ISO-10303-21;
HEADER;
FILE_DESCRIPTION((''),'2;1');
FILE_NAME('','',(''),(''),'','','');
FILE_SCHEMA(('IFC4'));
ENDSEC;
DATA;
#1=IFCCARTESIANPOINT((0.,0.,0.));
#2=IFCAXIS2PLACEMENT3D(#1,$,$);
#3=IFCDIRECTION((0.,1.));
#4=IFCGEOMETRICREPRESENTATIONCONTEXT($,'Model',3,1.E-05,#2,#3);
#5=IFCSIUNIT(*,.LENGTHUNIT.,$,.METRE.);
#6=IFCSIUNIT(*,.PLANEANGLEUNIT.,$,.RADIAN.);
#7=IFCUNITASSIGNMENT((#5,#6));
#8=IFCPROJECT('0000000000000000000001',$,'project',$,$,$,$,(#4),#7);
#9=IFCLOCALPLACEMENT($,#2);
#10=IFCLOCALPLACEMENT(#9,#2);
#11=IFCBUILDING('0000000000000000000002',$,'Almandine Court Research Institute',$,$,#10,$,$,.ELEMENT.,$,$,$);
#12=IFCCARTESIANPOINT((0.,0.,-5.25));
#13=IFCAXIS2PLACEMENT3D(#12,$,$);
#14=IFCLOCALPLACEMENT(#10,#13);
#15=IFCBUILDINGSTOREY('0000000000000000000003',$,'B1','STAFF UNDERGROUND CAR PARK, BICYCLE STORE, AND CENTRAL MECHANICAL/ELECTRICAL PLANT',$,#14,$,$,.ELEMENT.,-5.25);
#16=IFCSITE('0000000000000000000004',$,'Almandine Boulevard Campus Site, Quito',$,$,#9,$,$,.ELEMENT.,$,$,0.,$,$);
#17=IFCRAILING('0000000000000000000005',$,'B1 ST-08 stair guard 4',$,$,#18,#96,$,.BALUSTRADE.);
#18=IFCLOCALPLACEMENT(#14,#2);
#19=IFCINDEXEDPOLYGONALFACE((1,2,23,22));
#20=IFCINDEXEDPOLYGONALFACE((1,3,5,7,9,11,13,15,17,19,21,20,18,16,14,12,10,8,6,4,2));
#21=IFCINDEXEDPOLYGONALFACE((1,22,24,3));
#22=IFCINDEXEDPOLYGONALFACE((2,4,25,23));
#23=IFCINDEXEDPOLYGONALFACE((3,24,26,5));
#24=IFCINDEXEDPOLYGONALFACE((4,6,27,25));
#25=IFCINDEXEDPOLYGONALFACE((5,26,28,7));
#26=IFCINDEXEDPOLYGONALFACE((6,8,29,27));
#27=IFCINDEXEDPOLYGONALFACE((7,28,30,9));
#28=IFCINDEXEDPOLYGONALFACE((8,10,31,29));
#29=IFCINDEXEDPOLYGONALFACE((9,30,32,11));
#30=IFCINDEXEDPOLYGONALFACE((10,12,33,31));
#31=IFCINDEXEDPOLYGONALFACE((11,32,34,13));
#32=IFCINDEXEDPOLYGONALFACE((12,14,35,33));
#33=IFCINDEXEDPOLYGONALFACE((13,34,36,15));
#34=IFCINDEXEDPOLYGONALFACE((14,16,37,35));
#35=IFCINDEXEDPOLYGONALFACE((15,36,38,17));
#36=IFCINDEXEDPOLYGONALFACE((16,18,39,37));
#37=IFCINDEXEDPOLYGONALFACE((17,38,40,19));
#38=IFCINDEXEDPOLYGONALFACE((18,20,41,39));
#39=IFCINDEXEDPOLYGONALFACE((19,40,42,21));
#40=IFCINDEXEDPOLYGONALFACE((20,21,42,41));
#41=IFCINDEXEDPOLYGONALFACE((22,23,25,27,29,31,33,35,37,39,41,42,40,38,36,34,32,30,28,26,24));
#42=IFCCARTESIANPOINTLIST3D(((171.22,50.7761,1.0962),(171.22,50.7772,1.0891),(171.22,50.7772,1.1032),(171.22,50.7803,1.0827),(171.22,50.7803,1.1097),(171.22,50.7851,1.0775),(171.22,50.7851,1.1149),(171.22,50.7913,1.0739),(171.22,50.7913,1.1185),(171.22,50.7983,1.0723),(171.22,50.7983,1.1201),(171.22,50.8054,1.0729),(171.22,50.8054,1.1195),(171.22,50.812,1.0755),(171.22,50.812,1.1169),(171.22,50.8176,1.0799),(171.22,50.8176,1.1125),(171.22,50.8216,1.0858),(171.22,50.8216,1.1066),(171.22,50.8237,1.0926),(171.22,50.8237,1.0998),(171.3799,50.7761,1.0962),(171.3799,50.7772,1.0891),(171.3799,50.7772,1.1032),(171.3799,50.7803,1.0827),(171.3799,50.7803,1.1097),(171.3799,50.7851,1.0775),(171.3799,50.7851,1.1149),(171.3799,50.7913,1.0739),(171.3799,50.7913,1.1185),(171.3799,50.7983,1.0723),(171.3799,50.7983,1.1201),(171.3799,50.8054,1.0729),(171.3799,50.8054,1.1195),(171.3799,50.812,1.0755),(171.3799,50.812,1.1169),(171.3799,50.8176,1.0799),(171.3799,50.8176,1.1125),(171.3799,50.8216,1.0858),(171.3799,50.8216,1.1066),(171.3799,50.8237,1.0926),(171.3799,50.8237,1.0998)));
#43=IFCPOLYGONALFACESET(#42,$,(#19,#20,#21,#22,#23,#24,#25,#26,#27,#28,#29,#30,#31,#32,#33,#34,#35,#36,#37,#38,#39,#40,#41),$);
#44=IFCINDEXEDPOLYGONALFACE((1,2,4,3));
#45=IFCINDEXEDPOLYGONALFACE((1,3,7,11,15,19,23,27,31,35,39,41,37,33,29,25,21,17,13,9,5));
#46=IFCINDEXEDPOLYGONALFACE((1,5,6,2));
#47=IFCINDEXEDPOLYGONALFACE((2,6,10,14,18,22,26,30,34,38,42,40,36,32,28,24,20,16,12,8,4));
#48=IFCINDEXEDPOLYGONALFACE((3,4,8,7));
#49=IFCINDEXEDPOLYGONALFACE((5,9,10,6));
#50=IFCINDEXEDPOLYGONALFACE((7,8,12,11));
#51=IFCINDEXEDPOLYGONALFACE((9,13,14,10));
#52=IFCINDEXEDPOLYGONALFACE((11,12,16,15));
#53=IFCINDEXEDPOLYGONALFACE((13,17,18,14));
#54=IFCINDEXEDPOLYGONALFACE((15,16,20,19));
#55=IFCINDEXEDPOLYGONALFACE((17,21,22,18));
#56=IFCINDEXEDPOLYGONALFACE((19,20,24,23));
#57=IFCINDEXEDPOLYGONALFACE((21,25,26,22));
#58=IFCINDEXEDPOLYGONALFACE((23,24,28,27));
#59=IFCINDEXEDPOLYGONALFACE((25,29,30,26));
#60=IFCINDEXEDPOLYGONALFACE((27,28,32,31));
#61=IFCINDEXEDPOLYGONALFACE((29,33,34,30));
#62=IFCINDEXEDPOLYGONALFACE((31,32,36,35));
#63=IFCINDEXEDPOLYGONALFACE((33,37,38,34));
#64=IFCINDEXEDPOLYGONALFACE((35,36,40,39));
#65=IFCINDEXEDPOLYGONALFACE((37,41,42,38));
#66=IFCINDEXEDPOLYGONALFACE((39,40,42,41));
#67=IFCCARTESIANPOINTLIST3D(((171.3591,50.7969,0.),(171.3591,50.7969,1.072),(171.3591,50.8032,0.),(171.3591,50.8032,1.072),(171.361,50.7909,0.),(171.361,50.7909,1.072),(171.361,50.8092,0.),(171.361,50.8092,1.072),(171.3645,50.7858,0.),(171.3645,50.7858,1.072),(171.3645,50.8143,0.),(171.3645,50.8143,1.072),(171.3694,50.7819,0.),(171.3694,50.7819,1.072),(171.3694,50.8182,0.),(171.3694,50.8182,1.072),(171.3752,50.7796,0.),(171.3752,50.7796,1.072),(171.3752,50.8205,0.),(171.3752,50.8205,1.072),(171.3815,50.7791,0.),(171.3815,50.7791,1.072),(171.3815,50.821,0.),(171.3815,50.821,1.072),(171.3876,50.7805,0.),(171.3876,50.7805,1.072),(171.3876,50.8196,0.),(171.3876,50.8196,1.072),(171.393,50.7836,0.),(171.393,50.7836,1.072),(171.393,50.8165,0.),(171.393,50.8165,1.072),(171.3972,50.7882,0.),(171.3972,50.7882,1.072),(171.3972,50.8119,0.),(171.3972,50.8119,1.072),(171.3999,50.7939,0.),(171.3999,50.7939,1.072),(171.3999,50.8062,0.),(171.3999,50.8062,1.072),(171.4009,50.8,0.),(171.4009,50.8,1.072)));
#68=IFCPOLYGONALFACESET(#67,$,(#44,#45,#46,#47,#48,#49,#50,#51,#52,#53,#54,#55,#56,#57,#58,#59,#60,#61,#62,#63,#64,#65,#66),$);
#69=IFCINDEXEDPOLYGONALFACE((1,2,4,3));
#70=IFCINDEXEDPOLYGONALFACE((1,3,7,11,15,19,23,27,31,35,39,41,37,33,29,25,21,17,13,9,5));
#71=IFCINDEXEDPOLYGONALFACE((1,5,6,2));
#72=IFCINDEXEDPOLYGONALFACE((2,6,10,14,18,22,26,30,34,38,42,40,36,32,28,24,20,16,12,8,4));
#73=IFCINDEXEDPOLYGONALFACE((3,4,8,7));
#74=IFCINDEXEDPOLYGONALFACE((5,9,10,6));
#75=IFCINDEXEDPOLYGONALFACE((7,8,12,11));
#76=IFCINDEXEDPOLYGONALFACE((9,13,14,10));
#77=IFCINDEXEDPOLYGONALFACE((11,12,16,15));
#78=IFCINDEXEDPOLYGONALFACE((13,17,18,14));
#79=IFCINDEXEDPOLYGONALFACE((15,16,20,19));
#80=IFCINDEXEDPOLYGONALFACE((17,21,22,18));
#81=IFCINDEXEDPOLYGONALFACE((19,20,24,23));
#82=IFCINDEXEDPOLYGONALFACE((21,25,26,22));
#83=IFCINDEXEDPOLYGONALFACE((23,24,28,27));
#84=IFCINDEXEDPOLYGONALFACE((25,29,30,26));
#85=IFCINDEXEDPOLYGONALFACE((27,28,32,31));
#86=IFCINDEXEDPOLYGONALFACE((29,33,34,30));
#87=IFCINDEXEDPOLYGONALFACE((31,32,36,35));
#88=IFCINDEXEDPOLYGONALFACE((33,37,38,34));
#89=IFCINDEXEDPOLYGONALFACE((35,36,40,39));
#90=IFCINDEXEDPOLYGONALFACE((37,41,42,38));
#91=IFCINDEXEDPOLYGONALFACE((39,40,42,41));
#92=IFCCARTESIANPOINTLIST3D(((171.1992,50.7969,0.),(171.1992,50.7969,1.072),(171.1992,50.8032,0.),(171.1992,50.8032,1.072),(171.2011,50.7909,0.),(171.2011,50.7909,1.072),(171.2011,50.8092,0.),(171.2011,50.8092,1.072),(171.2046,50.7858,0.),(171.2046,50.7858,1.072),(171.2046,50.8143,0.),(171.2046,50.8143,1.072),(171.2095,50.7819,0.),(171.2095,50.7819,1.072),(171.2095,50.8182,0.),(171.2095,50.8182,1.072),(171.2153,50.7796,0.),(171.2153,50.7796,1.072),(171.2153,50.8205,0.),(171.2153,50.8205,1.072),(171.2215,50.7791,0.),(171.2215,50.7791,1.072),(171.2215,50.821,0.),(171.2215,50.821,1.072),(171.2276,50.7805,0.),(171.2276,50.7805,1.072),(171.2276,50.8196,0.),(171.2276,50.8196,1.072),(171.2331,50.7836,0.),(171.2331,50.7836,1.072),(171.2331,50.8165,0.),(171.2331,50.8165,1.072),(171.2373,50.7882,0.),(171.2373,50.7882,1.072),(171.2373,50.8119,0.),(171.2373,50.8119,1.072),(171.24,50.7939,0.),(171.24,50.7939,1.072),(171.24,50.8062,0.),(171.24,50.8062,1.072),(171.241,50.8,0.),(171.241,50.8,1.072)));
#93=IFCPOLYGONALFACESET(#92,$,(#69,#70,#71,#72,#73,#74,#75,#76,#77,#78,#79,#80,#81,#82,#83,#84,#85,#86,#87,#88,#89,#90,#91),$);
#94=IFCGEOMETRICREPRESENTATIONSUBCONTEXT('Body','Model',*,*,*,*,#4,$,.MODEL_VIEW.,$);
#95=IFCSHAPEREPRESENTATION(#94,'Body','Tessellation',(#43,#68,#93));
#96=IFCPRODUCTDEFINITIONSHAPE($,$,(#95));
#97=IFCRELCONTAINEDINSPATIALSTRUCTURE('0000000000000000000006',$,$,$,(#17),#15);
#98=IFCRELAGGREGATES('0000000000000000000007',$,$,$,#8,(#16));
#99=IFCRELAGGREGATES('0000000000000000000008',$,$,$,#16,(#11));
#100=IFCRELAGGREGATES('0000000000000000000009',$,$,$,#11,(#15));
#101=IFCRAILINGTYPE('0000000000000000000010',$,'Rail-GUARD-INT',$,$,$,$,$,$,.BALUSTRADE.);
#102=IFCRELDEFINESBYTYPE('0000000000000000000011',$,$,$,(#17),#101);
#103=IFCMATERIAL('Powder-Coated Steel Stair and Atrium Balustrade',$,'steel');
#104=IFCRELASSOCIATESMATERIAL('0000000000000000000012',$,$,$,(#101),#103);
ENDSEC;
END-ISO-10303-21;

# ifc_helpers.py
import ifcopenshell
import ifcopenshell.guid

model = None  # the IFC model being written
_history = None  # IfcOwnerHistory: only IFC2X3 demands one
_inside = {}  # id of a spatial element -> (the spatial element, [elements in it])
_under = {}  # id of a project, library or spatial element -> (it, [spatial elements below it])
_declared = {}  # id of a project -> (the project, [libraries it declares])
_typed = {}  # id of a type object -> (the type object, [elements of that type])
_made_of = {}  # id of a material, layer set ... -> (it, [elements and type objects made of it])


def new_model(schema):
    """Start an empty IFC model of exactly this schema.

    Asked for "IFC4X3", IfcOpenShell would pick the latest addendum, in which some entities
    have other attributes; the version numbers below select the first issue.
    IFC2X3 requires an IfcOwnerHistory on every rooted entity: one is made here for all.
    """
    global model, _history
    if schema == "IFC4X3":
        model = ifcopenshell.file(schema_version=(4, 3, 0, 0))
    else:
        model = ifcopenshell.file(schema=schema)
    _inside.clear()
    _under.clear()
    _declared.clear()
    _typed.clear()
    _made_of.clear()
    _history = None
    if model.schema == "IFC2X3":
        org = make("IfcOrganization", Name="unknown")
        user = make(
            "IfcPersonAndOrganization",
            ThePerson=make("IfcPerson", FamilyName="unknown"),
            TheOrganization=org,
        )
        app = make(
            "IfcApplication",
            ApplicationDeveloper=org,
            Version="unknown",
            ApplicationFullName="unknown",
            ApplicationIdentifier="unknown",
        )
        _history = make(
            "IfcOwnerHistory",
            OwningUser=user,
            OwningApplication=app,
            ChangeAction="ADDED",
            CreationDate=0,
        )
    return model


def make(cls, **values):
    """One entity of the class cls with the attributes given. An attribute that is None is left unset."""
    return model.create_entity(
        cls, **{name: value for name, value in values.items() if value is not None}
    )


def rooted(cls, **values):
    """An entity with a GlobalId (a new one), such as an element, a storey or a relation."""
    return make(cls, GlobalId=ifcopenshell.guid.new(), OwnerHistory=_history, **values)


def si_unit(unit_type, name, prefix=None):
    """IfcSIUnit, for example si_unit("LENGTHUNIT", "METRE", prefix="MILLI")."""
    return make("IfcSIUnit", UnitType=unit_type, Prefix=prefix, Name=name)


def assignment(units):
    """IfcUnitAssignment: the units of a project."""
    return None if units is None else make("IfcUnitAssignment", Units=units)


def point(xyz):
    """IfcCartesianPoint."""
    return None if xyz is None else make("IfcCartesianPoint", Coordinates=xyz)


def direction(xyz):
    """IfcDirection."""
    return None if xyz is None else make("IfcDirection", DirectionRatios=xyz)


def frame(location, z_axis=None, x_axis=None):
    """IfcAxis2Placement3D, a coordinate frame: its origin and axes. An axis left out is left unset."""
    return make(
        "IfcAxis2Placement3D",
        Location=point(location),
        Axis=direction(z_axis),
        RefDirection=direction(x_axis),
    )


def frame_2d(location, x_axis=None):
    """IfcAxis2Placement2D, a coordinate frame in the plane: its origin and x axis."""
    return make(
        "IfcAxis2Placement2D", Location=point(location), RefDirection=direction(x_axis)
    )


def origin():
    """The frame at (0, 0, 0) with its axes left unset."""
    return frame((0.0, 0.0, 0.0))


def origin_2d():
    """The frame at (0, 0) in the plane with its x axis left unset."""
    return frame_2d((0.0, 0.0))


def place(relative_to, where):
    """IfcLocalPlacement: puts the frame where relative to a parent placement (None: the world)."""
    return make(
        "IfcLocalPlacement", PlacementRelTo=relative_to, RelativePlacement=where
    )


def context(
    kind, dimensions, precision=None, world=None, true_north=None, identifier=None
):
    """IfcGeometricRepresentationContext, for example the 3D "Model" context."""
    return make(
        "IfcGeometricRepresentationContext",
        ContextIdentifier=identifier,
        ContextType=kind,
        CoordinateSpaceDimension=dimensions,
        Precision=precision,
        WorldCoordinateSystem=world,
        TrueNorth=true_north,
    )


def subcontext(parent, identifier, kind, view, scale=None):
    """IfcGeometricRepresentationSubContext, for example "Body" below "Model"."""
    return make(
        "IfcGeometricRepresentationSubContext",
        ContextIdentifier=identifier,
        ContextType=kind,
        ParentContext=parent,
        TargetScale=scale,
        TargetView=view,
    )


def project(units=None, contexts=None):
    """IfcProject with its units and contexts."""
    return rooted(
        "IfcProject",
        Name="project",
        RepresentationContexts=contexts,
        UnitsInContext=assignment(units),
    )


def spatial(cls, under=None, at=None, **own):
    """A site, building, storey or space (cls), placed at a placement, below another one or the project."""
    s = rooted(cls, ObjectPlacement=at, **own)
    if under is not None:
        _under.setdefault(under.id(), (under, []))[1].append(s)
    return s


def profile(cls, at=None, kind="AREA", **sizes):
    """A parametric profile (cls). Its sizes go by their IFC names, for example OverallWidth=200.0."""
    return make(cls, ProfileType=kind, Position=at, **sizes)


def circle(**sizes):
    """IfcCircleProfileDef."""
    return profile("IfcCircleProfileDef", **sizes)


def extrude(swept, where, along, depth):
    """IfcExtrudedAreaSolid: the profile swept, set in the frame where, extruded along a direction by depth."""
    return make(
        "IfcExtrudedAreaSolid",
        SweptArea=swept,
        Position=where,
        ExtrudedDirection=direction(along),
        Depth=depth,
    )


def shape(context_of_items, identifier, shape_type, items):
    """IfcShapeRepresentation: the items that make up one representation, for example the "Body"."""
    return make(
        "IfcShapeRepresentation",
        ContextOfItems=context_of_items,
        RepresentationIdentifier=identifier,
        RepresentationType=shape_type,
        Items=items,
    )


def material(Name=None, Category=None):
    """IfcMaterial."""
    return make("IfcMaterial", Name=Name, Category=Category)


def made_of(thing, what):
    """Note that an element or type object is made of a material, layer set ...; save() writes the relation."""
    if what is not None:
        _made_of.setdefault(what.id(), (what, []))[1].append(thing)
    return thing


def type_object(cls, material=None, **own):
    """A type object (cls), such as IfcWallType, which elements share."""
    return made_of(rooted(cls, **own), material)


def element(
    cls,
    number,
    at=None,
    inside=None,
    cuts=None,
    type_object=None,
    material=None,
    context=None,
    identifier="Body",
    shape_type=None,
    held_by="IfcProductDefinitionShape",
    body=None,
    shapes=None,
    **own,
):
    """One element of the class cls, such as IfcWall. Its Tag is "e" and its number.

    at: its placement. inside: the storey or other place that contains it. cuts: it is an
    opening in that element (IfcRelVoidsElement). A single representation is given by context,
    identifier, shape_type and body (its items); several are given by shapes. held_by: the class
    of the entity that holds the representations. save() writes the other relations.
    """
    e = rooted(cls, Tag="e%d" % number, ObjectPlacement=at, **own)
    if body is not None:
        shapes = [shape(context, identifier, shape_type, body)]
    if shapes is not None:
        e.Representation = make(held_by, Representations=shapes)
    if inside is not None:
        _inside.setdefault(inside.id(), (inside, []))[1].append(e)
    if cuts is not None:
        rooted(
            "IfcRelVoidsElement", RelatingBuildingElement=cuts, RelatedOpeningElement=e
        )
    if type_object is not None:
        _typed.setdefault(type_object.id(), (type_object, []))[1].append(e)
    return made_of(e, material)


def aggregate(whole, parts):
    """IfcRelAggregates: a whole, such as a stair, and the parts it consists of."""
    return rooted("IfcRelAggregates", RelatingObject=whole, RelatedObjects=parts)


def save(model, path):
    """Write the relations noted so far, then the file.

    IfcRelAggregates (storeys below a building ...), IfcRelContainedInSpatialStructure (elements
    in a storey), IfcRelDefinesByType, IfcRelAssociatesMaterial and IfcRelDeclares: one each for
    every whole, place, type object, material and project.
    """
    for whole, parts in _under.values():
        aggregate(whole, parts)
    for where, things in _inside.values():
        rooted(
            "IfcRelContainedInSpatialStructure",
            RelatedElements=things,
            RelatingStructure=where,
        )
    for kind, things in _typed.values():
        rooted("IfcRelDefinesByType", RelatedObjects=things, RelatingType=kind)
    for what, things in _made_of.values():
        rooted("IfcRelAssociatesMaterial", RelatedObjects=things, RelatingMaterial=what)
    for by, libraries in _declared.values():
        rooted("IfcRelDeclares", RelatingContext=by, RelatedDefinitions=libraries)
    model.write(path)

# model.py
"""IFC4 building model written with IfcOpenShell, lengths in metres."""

from ifc_helpers import new_model, si_unit, direction, frame, origin, origin_2d, place, context, subcontext, project, spatial, circle, extrude, material, type_object, element, save


model = new_model("IFC4")

# Units and contexts
model_context = context("Model", 3, precision=1e-05, world=origin(), true_north=direction((0.0, 1.0)))
body_context = subcontext(model_context, "Body", "Model", "MODEL_VIEW")
ifc_project = project(units=[si_unit("LENGTHUNIT", "METRE"), si_unit("PLANEANGLEUNIT", "RADIAN")], contexts=[model_context])

# Site, building, storey
site_placement = place(None, origin())
site = spatial("IfcSite", under=ifc_project, at=site_placement, Name="Almandine Boulevard Campus Site, Quito", CompositionType="ELEMENT", RefElevation=0.0)
building_placement = place(site_placement, origin())
building = spatial("IfcBuilding", under=site, at=building_placement, Name="Almandine Court Research Institute", CompositionType="ELEMENT")
storey_placement = place(building_placement, frame((0.0, 0.0, -5.25)))
storey = spatial("IfcBuildingStorey", under=building, at=storey_placement, Name="B1", Description="STAFF UNDERGROUND CAR PARK, BICYCLE STORE, AND CENTRAL MECHANICAL/ELECTRICAL PLANT", CompositionType="ELEMENT", Elevation=-5.25)

# Railing
ifc_material_1 = material(Name="Powder-Coated Steel Stair and Atrium Balustrade", Category="steel")
railing_type_1 = type_object("IfcRailingType", Name="Rail-GUARD-INT", PredefinedType="BALUSTRADE", material=ifc_material_1)
railing_1_placement = place(storey_placement, frame((171.3799, 50.8, 0.0)))
element("IfcRailing", 1, at=railing_1_placement, inside=storey, type_object=railing_type_1, Name="B1 ST-08 stair guard 4", PredefinedType="BALUSTRADE", context=body_context, shape_type="SweptSolid", body=[
    extrude(circle(Radius=0.0239, at=origin_2d()), frame((0.0, 0.0, 1.0962), z_axis=(-1.0, 0.0, 0.0), x_axis=(0.0, -1.0, 0.0)), (0.0, 0.0, 1.0), 0.1599),
    extrude(circle(Radius=0.021, at=origin_2d()), origin(), (0.0, 0.0, 1.0), 1.072),
    extrude(circle(Radius=0.021, at=origin_2d()), frame((-0.1599, 0.0, 0.0)), (0.0, 0.0, 1.0), 1.072),
])

save(model, "model.ifc")
